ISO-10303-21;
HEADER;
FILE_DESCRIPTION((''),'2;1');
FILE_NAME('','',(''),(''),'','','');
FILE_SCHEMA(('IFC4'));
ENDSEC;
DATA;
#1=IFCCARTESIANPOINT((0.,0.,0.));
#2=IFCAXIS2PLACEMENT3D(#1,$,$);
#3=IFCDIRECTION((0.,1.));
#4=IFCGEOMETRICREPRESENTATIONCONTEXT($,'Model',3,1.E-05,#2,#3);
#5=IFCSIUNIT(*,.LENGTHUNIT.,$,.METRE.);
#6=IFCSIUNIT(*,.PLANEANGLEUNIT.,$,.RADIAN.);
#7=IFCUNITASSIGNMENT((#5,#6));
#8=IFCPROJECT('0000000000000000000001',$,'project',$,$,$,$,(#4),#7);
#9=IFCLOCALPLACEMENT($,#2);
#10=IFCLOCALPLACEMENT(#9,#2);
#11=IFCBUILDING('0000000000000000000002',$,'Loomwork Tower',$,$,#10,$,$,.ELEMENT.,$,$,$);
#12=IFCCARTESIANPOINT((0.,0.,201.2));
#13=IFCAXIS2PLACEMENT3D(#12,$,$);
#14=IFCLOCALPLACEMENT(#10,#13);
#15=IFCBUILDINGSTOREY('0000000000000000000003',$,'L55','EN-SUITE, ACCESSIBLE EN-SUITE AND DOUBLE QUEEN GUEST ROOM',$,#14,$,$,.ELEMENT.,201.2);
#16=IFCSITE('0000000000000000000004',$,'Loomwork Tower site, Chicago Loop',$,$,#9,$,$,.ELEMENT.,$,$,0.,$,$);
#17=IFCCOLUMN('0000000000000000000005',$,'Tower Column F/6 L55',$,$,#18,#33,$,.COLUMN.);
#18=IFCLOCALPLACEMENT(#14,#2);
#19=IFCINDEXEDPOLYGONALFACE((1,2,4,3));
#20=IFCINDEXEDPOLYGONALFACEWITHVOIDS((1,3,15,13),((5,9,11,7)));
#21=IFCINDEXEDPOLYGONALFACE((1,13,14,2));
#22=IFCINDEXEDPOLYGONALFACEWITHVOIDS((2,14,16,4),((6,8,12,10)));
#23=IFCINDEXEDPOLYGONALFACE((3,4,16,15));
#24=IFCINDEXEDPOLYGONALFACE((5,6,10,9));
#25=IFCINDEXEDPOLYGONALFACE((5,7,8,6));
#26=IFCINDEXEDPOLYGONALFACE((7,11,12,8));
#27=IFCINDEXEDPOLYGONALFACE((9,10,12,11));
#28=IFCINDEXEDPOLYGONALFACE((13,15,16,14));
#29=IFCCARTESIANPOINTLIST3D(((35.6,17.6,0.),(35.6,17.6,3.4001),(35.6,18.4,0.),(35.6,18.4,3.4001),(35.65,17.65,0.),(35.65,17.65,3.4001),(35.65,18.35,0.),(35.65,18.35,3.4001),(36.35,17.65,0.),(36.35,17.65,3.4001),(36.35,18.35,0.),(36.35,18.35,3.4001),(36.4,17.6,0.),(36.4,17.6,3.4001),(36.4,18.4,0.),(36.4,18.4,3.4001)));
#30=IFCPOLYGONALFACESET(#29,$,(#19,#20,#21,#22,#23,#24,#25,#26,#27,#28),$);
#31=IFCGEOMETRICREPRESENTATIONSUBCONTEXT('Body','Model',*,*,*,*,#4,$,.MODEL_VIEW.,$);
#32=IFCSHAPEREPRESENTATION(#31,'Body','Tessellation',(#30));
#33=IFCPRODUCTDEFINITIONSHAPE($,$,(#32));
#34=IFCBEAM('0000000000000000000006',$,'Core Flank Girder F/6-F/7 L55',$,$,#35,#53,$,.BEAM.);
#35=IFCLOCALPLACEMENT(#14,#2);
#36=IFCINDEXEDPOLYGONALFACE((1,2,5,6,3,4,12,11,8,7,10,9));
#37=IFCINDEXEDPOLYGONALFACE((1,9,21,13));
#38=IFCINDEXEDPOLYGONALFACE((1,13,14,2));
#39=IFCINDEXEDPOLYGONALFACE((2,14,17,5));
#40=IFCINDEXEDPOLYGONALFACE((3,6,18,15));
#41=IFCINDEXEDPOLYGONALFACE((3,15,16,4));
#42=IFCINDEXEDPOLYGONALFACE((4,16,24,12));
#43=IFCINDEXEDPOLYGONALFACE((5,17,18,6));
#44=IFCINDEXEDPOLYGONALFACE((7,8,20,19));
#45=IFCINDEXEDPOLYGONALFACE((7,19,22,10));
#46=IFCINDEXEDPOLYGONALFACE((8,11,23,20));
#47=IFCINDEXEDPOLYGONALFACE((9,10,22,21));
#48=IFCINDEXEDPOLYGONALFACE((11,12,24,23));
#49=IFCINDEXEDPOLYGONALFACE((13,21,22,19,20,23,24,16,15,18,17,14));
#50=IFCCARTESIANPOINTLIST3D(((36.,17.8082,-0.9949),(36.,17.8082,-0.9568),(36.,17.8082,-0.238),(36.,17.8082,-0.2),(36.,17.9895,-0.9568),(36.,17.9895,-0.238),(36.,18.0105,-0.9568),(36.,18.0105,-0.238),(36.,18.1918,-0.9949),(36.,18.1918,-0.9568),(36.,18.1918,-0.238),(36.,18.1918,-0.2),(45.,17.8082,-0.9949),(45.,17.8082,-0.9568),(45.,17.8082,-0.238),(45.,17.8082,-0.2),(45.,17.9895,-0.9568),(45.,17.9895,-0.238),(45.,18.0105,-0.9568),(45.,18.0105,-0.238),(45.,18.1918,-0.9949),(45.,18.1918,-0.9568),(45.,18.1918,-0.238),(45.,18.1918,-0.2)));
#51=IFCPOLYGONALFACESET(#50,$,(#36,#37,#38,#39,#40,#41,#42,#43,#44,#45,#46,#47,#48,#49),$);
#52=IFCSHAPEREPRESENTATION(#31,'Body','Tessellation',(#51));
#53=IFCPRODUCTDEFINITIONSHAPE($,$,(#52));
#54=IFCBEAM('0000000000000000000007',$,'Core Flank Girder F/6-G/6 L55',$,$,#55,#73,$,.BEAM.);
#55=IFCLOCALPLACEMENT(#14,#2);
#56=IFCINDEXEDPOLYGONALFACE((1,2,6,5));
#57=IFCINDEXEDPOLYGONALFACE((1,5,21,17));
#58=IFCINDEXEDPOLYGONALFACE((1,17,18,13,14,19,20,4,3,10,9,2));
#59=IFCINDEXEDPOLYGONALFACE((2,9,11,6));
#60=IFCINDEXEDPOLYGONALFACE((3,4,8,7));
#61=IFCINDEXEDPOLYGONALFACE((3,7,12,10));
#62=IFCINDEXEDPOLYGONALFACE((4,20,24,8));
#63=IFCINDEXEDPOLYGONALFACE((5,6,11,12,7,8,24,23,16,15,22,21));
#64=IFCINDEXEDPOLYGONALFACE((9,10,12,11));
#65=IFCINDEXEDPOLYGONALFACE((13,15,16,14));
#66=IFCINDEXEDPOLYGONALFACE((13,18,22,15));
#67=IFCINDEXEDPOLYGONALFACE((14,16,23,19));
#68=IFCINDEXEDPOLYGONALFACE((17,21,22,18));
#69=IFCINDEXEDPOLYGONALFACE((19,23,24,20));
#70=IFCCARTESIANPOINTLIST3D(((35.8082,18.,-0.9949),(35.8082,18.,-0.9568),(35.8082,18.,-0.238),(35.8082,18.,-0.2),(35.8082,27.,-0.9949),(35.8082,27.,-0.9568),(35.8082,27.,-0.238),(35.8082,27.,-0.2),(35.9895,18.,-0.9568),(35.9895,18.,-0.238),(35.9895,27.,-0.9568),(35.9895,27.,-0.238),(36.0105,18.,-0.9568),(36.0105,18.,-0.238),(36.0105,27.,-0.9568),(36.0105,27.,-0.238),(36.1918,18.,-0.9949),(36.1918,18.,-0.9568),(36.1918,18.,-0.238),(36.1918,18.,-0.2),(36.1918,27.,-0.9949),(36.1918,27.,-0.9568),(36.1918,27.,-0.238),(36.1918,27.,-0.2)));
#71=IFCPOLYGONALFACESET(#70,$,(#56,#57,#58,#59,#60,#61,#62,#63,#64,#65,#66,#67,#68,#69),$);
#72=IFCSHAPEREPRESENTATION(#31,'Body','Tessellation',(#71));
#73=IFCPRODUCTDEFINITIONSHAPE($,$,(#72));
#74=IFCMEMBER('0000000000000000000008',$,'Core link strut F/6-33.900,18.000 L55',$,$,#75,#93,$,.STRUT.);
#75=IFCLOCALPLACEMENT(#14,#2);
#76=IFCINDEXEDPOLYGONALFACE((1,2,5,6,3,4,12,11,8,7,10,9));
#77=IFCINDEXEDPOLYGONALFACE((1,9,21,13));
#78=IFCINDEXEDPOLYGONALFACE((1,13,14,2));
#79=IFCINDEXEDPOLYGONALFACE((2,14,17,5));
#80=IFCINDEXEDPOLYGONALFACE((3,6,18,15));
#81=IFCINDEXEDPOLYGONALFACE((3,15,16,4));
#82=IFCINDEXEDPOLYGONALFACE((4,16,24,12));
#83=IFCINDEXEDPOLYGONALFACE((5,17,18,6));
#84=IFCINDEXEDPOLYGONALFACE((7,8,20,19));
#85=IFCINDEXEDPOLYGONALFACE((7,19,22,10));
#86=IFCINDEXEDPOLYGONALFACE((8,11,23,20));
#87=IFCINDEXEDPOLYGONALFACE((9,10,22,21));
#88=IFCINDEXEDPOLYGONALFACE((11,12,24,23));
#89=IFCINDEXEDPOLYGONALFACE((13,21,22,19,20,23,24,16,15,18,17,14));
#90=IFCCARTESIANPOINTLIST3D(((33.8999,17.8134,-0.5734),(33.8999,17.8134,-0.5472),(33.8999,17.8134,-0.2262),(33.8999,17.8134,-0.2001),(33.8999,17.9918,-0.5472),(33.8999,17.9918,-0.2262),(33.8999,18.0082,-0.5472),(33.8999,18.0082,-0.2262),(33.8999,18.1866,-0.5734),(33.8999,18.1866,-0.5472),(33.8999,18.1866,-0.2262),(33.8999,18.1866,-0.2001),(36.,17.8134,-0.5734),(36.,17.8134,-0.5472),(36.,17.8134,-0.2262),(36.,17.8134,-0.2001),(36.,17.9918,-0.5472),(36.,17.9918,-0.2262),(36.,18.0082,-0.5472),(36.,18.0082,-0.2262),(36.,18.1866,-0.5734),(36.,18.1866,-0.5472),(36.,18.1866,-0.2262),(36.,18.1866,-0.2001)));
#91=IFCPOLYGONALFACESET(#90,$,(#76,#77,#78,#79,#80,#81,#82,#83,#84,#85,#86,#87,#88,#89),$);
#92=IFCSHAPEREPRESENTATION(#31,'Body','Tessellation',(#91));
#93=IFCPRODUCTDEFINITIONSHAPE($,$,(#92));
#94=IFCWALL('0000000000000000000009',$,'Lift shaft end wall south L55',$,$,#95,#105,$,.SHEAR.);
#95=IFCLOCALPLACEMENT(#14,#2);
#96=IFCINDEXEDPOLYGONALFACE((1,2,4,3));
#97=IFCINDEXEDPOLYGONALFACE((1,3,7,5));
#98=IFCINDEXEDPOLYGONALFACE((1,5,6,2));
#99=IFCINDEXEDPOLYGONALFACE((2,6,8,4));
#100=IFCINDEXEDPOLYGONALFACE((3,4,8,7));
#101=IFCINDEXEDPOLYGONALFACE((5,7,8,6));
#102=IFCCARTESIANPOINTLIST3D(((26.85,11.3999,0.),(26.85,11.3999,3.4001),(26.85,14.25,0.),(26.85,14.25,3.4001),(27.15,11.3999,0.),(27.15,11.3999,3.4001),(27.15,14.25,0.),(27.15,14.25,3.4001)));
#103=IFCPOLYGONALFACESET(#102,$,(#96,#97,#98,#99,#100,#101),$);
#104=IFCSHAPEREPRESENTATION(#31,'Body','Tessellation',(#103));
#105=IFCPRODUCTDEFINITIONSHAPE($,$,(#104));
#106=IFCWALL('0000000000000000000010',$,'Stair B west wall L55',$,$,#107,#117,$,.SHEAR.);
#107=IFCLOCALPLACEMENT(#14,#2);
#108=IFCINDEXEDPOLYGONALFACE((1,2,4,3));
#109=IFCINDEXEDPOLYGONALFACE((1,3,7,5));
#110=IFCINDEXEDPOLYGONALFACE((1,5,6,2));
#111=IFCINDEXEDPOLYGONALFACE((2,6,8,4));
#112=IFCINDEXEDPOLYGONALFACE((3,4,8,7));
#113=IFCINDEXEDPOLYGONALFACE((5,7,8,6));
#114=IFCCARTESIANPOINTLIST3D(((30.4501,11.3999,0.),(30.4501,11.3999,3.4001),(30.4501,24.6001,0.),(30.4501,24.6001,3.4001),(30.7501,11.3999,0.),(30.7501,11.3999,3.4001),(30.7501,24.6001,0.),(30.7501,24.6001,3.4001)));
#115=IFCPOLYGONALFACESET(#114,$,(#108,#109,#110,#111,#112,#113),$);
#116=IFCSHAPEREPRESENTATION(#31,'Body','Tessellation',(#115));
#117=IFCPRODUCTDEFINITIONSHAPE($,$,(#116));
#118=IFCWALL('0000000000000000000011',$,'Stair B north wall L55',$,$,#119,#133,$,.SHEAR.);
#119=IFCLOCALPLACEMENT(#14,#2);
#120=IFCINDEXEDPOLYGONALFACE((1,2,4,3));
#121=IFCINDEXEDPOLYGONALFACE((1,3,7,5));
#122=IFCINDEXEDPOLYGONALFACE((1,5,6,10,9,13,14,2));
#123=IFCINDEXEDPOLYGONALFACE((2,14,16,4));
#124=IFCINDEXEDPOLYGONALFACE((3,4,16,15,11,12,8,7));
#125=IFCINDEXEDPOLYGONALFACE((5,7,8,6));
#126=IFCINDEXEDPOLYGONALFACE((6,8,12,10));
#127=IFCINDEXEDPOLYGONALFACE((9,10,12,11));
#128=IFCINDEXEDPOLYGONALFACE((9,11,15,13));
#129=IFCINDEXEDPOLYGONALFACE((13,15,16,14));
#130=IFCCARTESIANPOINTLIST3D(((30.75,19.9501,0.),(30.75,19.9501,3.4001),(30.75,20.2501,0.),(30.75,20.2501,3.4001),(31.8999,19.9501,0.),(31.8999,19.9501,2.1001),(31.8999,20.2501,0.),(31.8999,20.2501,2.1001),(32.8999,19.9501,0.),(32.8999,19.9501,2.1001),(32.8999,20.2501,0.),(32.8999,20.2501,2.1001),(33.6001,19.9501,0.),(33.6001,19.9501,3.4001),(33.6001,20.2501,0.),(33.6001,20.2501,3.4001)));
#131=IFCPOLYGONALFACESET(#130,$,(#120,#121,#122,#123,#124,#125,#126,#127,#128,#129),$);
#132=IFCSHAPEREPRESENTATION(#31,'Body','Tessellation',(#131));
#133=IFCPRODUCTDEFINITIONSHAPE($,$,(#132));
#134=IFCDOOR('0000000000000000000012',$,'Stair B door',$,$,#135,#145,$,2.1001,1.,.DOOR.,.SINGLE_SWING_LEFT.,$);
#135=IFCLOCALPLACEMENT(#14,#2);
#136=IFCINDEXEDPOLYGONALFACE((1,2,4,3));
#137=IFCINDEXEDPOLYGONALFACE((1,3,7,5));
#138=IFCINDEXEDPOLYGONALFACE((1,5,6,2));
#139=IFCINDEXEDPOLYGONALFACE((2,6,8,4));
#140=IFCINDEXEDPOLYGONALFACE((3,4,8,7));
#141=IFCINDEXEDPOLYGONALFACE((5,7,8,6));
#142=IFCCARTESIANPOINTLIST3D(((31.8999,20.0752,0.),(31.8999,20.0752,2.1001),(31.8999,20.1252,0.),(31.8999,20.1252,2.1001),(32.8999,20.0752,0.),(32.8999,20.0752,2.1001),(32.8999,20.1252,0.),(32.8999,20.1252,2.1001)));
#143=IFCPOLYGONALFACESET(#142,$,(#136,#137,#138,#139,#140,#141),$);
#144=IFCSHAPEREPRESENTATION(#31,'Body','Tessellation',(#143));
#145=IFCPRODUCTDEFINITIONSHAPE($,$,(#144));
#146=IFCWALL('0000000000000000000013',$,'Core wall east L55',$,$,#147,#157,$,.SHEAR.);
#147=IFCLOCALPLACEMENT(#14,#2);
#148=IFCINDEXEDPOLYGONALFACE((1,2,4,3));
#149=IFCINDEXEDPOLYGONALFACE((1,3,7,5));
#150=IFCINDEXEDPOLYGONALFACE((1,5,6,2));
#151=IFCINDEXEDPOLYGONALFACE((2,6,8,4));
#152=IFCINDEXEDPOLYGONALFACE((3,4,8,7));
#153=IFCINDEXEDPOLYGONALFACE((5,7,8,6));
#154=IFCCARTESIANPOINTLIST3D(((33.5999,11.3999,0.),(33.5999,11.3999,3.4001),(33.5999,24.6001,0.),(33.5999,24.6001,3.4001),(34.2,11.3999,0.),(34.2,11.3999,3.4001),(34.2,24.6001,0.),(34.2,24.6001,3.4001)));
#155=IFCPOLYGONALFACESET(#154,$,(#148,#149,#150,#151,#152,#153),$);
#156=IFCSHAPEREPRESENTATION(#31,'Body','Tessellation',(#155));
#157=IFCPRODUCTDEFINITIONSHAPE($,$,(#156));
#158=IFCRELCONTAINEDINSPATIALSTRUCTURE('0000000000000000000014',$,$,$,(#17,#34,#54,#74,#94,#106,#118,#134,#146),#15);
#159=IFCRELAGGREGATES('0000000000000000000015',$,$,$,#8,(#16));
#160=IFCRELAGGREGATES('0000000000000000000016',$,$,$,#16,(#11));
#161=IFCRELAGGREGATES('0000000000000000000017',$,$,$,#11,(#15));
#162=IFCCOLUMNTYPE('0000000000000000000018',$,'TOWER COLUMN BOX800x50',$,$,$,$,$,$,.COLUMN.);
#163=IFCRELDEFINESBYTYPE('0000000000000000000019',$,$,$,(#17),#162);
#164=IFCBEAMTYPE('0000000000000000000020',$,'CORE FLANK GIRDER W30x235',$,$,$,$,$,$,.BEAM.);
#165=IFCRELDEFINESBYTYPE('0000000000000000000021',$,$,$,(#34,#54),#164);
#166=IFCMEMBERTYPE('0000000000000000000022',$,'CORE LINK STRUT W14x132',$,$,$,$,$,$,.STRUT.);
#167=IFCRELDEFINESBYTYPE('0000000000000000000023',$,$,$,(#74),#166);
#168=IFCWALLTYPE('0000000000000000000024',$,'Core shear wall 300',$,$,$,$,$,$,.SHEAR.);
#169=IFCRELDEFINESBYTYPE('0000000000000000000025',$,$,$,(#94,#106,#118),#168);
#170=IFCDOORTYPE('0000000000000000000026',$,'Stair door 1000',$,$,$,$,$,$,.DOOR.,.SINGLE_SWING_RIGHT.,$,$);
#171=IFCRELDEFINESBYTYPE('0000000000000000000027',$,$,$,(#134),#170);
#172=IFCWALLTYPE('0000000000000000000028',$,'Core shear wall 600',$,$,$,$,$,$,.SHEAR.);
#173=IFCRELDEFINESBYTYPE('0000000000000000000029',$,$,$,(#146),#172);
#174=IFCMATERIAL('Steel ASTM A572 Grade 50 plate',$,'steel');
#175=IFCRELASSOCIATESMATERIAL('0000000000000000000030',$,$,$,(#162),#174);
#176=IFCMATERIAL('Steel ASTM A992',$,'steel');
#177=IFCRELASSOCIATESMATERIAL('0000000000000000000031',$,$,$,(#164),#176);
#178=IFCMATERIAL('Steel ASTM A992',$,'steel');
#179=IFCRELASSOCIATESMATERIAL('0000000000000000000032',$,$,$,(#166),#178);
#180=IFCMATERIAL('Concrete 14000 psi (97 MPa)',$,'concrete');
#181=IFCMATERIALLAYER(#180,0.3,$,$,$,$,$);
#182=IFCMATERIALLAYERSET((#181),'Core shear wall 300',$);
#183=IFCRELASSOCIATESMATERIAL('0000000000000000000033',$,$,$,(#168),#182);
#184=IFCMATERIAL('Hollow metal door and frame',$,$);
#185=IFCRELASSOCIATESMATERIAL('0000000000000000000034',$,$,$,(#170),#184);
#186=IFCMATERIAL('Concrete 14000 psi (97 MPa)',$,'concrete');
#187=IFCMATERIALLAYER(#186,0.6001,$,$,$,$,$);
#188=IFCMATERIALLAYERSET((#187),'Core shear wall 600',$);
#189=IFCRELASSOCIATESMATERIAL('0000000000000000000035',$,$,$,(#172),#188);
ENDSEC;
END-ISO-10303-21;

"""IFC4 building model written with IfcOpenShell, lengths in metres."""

from ifc_helpers import new_model, si_unit, direction, frame, frame_2d, origin, origin_2d, place, context, subcontext, project, spatial, rectangle, hollow_rectangle, i_section, extrude, material, layer, layer_set, material_profile, profile_set, type_object, element, fill, save


model = new_model("IFC4")

# Units and contexts
model_context = context("Model", 3, precision=1e-05, world=origin(), true_north=direction((0.0, 1.0)))
body_context = subcontext(model_context, "Body", "Model", "MODEL_VIEW")
ifc_project = project(units=[si_unit("LENGTHUNIT", "METRE"), si_unit("PLANEANGLEUNIT", "RADIAN")], contexts=[model_context])

# Site, building, storey
site_placement = place(None, origin())
site = spatial("IfcSite", under=ifc_project, at=site_placement, Name="Loomwork Tower site, Chicago Loop", CompositionType="ELEMENT", RefElevation=0.0)
building_placement = place(site_placement, origin())
building = spatial("IfcBuilding", under=site, at=building_placement, Name="Loomwork Tower", CompositionType="ELEMENT")
storey_placement = place(building_placement, frame((0.0, 0.0, 201.2)))
storey = spatial("IfcBuildingStorey", under=building, at=storey_placement, Name="L55", Description="EN-SUITE, ACCESSIBLE EN-SUITE AND DOUBLE QUEEN GUEST ROOM", CompositionType="ELEMENT", Elevation=201.2)

# Column
ifc_material_1 = material(Name="Steel ASTM A572 Grade 50 plate", Category="steel")
ifc_material_profile_1 = material_profile(ifc_material_1, hollow_rectangle(XDim=0.8, YDim=0.8, WallThickness=0.05, at=origin_2d()), Name="BOX800x50")
ifc_profile_set_1 = profile_set([ifc_material_profile_1], Name="Steel ASTM A572 Grade 50 plate")
column_type = type_object("IfcColumnType", Name="TOWER COLUMN BOX800x50", PredefinedType="COLUMN", material=ifc_profile_set_1)
column_placement = place(storey_placement, frame((36.0, 18.0, 0.0), z_axis=(0.0, 0.0, 1.0), x_axis=(0.0, 1.0, 0.0)))
element("IfcColumn", 1, at=column_placement, inside=storey, type_object=column_type, Name="Tower Column F/6 L55", PredefinedType="COLUMN", context=body_context, shape_type="SweptSolid", body=[
    extrude(hollow_rectangle(XDim=0.8, YDim=0.8, WallThickness=0.05, at=origin_2d()), origin(), (0.0, 0.0, 1.0), 3.4001),
])

# Beams
ifc_material_2 = material(Name="Steel ASTM A992", Category="steel")
ifc_material_profile_2 = material_profile(ifc_material_2, i_section(OverallWidth=0.3835, OverallDepth=0.7949, WebThickness=0.021, FlangeThickness=0.0381, at=origin_2d()), Name="W30x235")
ifc_profile_set_2 = profile_set([ifc_material_profile_2], Name="Steel ASTM A992")
beam_type = type_object("IfcBeamType", Name="CORE FLANK GIRDER W30x235", PredefinedType="BEAM", material=ifc_profile_set_2)
for number, where, z_axis, x_axis, name in (
    (2, (36.0, 18.0, -0.5974), (1.0, 0.0, 0.0), (0.0, 1.0, 0.0), "Core Flank Girder F/6-F/7 L55"),
    (3, (36.0, 18.0, -0.5974), (0.0, 1.0, 0.0), (-1.0, 0.0, 0.0), "Core Flank Girder F/6-G/6 L55"),
):
    element("IfcBeam", number, at=place(storey_placement, frame(where, z_axis=z_axis, x_axis=x_axis)), inside=storey, type_object=beam_type, Name=name, PredefinedType="BEAM", context=body_context, shape_type="SweptSolid", body=[
        extrude(i_section(OverallWidth=0.3835, OverallDepth=0.7949, WebThickness=0.021, FlangeThickness=0.0381, at=origin_2d()), origin(), (0.0, 0.0, 1.0), 9.0),
    ])

# Member
ifc_material_3 = material(Name="Steel ASTM A992", Category="steel")
ifc_material_profile_3 = material_profile(ifc_material_3, i_section(OverallWidth=0.3733, OverallDepth=0.3733, WebThickness=0.0164, FlangeThickness=0.0261, at=origin_2d()), Name="W14x132")
ifc_profile_set_3 = profile_set([ifc_material_profile_3], Name="Steel ASTM A992")
member_type = type_object("IfcMemberType", Name="CORE LINK STRUT W14x132", PredefinedType="STRUT", material=ifc_profile_set_3)
member_placement = place(storey_placement, frame((36.0, 18.0, -0.3867), z_axis=(-1.0, 0.0, 0.0), x_axis=(0.0, -1.0, 0.0)))
element("IfcMember", 4, at=member_placement, inside=storey, type_object=member_type, Name="Core link strut F/6-33.900,18.000 L55", PredefinedType="STRUT", context=body_context, shape_type="SweptSolid", body=[
    extrude(i_section(OverallWidth=0.3733, OverallDepth=0.3733, WebThickness=0.0164, FlangeThickness=0.0261, at=origin_2d()), origin(), (0.0, 0.0, 1.0), 2.1001),
])

# Walls
ifc_material_4 = material(Name="Concrete 14000 psi (97 MPa)", Category="concrete")
ifc_layer_1 = layer(ifc_material_4, 0.3)
ifc_layer_set_1 = layer_set([ifc_layer_1], Name="Core shear wall 300")
wall_type_1 = type_object("IfcWallType", Name="Core shear wall 300", PredefinedType="SHEAR", material=ifc_layer_set_1)
wall_1_placement = place(storey_placement, frame((27.0, 11.3999, 0.0), z_axis=(0.0, 0.0, 1.0), x_axis=(0.0, 1.0, 0.0)))
element("IfcWall", 5, at=wall_1_placement, inside=storey, type_object=wall_type_1, Name="Lift shaft end wall south L55", PredefinedType="SHEAR", context=body_context, shape_type="SweptSolid", body=[
    extrude(rectangle(XDim=2.8501, YDim=0.3, at=frame_2d((1.425, 0.0))), origin(), (0.0, 0.0, 1.0), 3.4001),
])
wall_2_placement = place(storey_placement, frame((30.6001, 11.3999, 0.0), z_axis=(0.0, 0.0, 1.0), x_axis=(0.0, 1.0, 0.0)))
element("IfcWall", 6, at=wall_2_placement, inside=storey, type_object=wall_type_1, Name="Stair B west wall L55", PredefinedType="SHEAR", context=body_context, shape_type="SweptSolid", body=[
    extrude(rectangle(XDim=13.2002, YDim=0.3, at=frame_2d((6.6001, 0.0))), origin(), (0.0, 0.0, 1.0), 3.4001),
])

# Wall, opening, door
wall_3_placement = place(storey_placement, frame((30.75, 20.1001, 0.0), z_axis=(0.0, 0.0, 1.0), x_axis=(1.0, 0.0, 0.0)))
wall_3 = element("IfcWall", 7, at=wall_3_placement, inside=storey, type_object=wall_type_1, Name="Stair B north wall L55", PredefinedType="SHEAR", context=body_context, shape_type="SweptSolid", body=[
    extrude(rectangle(XDim=2.8501, YDim=0.3, at=frame_2d((1.425, 0.0))), origin(), (0.0, 0.0, 1.0), 3.4001),
])
opening_1_placement = place(wall_3_placement, frame((1.1499, 0.0, 0.0)))
opening_1 = element("IfcOpeningElement", 8, at=opening_1_placement, cuts=wall_3, PredefinedType="OPENING", context=body_context, shape_type="SweptSolid", body=[
    extrude(rectangle(XDim=1.0, YDim=2.1001, at=frame_2d((0.5, 1.05))), frame((0.0, 0.1599, 0.0), z_axis=(0.0, -1.0, 0.0), x_axis=(1.0, 0.0, 0.0)), (0.0, 0.0, 1.0), 0.3201),
])
ifc_material_5 = material(Name="Hollow metal door and frame")
door_type_1 = type_object("IfcDoorType", Name="Stair door 1000", OperationType="SINGLE_SWING_RIGHT", PredefinedType="DOOR", material=ifc_material_5)
door_1_placement = place(opening_1_placement, frame((1.0, 0.0, 0.0), z_axis=(0.0, 0.0, 1.0), x_axis=(-1.0, 0.0, 0.0)))
door_1 = element("IfcDoor", 9, at=door_1_placement, inside=storey, type_object=door_type_1, Name="Stair B door", OperationType="SINGLE_SWING_LEFT", OverallHeight=2.1001, OverallWidth=1.0, PredefinedType="DOOR", context=body_context, shape_type="SweptSolid", body=[
    extrude(rectangle(XDim=1.0, YDim=2.1001, at=frame_2d((0.5, 1.05))), frame((0.0, 0.0249, 0.0), z_axis=(0.0, -1.0, 0.0), x_axis=(1.0, 0.0, 0.0)), (0.0, 0.0, 1.0), 0.05),
])
fill(opening_1, door_1)

# Wall
ifc_material_6 = material(Name="Concrete 14000 psi (97 MPa)", Category="concrete")
ifc_layer_2 = layer(ifc_material_6, 0.6001)
ifc_layer_set_2 = layer_set([ifc_layer_2], Name="Core shear wall 600")
wall_type_2 = type_object("IfcWallType", Name="Core shear wall 600", PredefinedType="SHEAR", material=ifc_layer_set_2)
wall_4_placement = place(storey_placement, frame((33.8999, 11.3999, 0.0), z_axis=(0.0, 0.0, 1.0), x_axis=(0.0, 1.0, 0.0)))
element("IfcWall", 10, at=wall_4_placement, inside=storey, type_object=wall_type_2, Name="Core wall east L55", PredefinedType="SHEAR", context=body_context, shape_type="SweptSolid", body=[
    extrude(rectangle(XDim=13.2002, YDim=0.6001, at=frame_2d((6.6001, 0.0))), origin(), (0.0, 0.0, 1.0), 3.4001),
])

save(model, "model.ifc")
